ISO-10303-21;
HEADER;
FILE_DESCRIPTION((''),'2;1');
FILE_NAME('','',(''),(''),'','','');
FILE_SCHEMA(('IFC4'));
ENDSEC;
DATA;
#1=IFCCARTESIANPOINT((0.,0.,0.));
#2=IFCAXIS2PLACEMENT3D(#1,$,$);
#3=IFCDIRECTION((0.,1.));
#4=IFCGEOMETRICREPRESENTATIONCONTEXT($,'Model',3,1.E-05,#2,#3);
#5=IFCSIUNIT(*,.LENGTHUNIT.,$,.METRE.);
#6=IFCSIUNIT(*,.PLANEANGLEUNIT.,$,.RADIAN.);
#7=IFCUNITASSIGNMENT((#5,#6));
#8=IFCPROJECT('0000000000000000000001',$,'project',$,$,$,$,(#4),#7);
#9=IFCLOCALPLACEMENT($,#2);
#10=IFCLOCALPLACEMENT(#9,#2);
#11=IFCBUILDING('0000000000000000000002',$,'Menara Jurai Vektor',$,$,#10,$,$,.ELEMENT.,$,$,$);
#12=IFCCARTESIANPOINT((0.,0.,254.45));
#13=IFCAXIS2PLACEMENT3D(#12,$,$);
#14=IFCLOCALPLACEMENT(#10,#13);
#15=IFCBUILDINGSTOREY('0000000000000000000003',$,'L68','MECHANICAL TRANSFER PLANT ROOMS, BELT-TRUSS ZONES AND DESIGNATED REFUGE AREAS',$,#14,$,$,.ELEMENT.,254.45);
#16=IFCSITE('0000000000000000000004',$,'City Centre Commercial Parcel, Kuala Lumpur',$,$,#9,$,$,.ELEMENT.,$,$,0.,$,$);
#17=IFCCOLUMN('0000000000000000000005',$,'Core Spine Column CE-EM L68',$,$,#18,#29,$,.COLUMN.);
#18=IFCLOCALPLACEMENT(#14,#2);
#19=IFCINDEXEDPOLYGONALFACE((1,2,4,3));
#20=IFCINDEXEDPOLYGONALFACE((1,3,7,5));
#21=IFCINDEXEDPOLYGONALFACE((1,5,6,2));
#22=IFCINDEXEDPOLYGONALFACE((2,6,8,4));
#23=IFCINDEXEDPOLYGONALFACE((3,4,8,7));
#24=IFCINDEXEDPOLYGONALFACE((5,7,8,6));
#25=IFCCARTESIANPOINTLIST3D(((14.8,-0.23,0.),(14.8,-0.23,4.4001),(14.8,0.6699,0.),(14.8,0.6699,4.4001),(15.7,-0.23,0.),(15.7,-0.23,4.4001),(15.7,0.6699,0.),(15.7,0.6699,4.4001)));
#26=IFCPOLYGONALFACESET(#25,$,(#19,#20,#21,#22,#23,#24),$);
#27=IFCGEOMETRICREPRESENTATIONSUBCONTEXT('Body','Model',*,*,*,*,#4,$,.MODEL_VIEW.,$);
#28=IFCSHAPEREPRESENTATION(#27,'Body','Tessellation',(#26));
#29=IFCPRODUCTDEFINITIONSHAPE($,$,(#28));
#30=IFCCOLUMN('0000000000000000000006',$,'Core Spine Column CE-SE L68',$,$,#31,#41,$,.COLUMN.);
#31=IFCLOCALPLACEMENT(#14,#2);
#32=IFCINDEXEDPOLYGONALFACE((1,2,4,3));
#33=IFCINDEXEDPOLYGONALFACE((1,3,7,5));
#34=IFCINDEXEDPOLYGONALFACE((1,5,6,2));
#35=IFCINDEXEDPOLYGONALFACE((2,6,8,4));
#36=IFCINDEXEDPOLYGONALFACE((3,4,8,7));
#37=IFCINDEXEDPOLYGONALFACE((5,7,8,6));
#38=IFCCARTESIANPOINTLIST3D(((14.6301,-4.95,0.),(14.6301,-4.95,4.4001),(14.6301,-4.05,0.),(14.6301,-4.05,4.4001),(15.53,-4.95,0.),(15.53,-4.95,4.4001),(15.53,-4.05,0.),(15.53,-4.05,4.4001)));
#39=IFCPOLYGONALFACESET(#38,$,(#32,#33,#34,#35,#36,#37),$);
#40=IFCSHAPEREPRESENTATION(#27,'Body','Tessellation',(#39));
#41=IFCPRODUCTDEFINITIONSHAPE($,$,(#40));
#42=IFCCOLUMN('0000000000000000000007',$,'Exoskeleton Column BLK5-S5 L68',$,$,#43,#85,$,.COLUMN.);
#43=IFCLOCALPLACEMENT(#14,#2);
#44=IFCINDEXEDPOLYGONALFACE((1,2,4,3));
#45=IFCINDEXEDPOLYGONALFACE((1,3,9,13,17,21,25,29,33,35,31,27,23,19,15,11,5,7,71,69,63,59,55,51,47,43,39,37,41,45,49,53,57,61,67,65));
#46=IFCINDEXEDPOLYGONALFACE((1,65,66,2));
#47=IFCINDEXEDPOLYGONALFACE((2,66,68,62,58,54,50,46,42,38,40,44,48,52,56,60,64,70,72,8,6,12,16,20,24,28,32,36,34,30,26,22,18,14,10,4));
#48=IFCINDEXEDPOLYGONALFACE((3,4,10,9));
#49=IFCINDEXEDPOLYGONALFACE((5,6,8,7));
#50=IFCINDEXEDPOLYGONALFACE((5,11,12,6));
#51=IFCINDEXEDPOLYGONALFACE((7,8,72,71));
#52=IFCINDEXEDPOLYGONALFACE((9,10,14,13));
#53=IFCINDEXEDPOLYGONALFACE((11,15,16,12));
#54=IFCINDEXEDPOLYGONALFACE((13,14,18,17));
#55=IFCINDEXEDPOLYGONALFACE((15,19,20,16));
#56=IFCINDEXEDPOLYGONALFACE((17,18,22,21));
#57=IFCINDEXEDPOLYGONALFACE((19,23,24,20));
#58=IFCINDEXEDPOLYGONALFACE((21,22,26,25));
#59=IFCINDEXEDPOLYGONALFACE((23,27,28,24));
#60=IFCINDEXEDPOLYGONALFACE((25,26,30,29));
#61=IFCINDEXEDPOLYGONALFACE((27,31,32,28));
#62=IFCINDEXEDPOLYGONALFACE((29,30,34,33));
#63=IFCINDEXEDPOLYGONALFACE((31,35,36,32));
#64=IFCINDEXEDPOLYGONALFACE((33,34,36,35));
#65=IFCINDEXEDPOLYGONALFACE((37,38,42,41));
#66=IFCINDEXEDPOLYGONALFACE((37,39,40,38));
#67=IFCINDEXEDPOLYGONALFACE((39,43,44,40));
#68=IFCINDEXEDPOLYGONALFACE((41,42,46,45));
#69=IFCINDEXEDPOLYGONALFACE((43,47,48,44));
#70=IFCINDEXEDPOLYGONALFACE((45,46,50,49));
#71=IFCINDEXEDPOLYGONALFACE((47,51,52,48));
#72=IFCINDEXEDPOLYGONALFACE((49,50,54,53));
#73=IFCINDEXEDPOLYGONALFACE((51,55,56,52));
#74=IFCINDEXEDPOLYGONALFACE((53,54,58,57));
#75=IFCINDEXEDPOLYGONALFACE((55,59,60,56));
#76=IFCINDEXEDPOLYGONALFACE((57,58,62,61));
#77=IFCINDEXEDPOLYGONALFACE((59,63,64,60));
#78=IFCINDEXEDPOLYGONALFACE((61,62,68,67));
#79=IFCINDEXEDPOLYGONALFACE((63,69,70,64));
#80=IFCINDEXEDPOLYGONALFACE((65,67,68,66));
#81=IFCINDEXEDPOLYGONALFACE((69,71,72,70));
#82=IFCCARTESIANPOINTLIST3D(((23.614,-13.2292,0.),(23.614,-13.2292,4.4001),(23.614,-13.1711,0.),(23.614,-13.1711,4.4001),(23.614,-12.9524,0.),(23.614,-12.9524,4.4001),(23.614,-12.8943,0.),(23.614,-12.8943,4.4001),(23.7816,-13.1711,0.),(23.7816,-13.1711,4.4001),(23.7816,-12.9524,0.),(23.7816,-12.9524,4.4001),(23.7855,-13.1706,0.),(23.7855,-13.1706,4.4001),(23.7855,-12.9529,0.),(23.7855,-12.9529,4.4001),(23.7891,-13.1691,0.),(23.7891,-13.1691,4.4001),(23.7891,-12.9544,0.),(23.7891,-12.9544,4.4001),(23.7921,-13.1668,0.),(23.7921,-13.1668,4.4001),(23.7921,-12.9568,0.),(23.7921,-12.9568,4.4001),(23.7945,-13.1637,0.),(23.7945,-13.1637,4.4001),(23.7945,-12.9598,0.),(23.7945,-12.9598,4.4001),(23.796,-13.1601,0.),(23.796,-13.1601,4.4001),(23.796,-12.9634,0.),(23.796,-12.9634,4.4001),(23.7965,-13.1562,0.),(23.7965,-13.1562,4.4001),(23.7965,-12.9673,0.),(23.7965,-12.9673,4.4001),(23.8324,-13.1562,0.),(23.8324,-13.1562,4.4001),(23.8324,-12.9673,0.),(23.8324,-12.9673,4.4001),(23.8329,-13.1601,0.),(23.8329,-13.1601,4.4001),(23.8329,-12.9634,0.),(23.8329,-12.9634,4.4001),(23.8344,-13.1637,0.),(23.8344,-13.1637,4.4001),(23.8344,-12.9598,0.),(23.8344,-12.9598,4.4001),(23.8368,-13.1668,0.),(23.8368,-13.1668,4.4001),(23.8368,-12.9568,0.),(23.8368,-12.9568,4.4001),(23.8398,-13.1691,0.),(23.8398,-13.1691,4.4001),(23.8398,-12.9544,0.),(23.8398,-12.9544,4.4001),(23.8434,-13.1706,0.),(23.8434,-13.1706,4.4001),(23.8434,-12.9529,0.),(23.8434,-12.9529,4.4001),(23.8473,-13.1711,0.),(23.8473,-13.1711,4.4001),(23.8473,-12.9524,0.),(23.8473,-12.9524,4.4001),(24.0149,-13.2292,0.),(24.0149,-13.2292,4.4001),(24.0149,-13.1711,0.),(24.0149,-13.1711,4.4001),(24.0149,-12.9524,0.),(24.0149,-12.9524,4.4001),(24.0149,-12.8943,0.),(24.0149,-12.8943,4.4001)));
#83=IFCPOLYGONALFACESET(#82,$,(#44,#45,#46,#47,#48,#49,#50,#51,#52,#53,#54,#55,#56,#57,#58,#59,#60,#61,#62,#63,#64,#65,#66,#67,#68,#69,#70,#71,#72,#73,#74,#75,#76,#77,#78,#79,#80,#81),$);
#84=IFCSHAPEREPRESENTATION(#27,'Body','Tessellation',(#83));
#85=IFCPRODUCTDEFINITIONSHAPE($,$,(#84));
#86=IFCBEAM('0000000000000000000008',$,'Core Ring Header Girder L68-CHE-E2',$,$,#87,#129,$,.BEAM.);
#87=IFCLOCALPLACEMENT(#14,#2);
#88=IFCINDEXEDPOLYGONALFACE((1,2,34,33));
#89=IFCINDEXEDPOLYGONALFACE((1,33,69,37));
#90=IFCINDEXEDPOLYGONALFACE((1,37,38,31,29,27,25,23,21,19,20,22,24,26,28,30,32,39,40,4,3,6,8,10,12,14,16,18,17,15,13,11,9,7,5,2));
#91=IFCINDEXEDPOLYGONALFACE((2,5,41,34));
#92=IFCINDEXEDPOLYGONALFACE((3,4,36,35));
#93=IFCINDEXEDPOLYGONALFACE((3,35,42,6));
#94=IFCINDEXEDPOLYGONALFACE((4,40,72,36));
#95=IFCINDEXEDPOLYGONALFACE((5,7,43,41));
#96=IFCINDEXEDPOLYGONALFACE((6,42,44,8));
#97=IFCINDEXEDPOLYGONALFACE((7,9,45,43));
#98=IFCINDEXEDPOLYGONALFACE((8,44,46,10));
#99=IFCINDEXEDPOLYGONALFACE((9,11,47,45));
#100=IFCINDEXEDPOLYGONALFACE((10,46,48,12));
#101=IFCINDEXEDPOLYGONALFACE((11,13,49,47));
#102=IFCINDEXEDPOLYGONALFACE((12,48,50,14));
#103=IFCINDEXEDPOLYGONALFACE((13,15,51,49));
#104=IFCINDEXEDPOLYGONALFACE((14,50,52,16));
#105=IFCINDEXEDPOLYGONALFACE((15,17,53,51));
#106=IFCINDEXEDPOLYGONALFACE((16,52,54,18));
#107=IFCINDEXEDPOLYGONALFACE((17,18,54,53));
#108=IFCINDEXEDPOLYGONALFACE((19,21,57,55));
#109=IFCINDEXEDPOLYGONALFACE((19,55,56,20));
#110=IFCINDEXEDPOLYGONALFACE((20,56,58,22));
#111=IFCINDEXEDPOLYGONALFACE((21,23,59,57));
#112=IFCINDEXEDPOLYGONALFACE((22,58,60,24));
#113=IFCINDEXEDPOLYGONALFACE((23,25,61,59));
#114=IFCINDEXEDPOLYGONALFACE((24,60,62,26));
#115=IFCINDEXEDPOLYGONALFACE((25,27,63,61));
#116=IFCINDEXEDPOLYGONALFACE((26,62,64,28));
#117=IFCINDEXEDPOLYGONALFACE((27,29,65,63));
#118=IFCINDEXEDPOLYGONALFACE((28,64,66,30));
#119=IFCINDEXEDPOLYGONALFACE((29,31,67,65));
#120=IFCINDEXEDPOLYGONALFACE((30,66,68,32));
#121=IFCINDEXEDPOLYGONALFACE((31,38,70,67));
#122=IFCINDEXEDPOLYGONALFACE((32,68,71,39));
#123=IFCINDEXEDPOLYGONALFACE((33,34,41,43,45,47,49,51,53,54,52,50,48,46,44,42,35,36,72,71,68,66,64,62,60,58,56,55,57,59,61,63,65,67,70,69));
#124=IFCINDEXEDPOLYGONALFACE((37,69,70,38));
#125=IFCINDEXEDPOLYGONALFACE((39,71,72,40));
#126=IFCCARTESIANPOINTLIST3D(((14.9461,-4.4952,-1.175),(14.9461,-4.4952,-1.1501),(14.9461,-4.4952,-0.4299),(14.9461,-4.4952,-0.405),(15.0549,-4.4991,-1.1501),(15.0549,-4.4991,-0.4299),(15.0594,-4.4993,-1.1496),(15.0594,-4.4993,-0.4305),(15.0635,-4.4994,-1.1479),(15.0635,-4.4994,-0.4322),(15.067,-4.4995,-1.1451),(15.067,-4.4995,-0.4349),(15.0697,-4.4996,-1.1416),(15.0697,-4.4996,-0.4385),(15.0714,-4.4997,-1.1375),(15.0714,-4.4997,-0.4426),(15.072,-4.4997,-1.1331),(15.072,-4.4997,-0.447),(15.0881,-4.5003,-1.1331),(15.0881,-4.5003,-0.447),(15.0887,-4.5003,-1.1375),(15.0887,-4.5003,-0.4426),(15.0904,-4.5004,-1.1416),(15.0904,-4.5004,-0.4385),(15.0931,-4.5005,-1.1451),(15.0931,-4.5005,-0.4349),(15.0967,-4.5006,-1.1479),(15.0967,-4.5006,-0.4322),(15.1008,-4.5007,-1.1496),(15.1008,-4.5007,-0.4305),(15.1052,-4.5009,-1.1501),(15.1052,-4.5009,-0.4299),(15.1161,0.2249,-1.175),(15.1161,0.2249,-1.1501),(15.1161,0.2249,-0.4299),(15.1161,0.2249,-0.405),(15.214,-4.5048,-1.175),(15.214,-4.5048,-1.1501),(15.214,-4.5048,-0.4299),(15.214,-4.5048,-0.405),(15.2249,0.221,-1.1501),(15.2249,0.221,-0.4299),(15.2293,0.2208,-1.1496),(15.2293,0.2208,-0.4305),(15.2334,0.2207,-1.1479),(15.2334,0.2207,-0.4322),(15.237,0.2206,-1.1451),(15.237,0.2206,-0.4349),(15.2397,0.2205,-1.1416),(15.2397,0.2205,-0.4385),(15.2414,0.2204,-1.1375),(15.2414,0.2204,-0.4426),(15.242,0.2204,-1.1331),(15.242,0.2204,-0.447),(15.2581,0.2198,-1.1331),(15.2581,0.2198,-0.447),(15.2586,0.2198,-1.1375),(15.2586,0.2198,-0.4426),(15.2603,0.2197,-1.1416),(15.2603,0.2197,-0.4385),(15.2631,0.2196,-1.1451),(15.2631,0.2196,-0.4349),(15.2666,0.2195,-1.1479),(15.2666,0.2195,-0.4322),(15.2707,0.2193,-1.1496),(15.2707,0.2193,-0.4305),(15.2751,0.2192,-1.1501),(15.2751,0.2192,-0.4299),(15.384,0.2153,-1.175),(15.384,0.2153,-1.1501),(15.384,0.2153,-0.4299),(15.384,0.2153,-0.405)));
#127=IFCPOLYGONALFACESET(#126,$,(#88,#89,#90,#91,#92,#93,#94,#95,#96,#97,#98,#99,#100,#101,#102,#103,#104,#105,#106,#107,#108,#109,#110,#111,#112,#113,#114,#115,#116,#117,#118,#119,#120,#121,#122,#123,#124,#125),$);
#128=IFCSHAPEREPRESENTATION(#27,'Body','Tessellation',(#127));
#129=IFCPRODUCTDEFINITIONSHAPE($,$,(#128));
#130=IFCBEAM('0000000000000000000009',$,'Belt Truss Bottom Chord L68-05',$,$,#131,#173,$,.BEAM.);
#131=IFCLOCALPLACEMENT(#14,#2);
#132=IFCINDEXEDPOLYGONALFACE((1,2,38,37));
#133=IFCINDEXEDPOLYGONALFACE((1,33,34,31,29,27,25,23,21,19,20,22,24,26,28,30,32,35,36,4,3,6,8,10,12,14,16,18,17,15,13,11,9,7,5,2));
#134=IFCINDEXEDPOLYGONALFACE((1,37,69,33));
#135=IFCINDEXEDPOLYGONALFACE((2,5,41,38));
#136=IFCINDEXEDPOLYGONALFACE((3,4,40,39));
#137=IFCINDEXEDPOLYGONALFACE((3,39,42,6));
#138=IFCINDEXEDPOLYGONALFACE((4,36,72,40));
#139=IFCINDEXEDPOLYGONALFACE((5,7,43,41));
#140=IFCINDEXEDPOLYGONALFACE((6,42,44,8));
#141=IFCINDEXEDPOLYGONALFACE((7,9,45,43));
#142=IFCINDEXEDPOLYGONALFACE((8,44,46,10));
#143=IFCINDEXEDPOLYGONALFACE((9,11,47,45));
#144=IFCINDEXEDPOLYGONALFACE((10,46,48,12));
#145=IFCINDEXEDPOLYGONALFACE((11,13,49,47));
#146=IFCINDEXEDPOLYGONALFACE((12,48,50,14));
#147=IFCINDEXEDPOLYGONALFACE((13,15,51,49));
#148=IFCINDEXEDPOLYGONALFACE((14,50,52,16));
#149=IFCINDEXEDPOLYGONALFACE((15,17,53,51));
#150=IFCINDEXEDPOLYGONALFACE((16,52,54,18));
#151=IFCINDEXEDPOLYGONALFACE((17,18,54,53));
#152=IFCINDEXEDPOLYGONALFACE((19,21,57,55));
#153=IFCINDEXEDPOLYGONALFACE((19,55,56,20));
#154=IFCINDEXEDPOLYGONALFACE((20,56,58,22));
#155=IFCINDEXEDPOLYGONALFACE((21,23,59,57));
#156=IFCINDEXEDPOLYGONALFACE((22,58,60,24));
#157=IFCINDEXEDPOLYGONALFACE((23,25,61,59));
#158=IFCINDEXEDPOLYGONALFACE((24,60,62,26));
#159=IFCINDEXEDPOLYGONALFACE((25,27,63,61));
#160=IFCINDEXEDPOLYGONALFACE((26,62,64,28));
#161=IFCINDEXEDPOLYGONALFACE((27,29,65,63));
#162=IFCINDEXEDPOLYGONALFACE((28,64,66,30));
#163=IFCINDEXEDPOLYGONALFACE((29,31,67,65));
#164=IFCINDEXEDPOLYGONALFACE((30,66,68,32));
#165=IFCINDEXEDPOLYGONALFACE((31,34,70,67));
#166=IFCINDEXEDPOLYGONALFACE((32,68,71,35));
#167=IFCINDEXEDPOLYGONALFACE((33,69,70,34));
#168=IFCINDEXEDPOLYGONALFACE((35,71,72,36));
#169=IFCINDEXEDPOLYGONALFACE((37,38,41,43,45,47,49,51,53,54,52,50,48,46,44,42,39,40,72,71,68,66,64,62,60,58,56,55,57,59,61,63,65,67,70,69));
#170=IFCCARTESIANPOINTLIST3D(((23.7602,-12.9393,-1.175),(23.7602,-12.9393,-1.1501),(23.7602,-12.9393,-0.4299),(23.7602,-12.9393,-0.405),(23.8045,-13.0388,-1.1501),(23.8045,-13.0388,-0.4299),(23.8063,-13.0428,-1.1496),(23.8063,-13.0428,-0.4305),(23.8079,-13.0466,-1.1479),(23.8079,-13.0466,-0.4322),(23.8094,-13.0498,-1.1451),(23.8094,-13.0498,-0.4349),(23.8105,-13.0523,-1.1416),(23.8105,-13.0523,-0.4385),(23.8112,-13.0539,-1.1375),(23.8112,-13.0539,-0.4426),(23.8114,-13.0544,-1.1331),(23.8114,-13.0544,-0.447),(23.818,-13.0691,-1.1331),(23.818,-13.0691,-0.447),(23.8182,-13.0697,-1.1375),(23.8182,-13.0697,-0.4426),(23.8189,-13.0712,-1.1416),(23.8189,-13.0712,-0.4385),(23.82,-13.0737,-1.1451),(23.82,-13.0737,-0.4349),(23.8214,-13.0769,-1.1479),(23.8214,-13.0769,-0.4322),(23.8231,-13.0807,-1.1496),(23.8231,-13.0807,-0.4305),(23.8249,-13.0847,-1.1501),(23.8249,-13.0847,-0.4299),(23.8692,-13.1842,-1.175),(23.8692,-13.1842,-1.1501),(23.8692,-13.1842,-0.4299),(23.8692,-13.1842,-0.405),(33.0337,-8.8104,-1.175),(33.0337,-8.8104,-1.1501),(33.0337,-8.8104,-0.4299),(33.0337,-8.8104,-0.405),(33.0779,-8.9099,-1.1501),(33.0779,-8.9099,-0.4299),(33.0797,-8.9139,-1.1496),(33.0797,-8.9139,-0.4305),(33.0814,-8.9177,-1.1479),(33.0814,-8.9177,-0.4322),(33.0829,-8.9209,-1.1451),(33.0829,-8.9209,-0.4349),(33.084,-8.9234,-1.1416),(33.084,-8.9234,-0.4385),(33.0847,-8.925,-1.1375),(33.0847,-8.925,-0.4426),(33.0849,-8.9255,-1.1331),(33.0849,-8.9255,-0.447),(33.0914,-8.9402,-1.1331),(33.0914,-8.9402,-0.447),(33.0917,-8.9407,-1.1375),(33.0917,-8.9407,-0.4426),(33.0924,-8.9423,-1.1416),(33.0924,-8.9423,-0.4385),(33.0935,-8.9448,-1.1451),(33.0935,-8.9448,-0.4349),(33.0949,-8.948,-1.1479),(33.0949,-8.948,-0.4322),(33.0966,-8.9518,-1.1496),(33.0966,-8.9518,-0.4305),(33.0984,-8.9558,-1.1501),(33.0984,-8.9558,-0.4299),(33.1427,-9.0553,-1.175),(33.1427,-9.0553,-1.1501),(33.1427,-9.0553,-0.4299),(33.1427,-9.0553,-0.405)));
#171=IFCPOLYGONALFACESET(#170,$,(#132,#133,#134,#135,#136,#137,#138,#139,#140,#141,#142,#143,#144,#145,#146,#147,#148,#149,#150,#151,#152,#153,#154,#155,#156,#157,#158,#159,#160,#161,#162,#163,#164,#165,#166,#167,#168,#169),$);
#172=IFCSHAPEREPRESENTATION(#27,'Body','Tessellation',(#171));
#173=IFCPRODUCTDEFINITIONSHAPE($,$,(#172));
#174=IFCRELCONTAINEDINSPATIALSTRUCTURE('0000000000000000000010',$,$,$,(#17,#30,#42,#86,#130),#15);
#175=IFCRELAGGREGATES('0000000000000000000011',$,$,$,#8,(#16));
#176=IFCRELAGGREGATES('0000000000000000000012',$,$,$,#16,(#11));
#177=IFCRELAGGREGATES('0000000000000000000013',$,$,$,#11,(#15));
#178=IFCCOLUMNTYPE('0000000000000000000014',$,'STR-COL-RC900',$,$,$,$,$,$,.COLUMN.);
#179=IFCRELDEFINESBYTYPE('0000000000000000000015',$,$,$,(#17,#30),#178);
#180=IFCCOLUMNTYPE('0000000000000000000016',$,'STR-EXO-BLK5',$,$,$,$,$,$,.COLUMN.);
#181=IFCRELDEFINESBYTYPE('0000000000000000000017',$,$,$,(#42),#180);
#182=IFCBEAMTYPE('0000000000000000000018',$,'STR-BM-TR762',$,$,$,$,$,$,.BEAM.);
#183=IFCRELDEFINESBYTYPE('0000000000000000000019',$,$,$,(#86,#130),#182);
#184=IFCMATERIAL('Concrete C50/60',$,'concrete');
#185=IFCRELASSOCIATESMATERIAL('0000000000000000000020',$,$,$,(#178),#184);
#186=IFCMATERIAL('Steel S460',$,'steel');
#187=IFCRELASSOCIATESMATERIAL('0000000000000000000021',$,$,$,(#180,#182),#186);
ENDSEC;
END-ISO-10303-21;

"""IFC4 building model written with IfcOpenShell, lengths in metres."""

from ifc_helpers import new_model, si_unit, direction, frame, origin, origin_2d, place, context, subcontext, project, spatial, rectangle, i_section, extrude, material, material_profile, profile_set, type_object, element, save


model = new_model("IFC4")

# Units and contexts
model_context = context("Model", 3, precision=1e-05, world=origin(), true_north=direction((0.0, 1.0)))
body_context = subcontext(model_context, "Body", "Model", "MODEL_VIEW")
ifc_project = project(units=[si_unit("LENGTHUNIT", "METRE"), si_unit("PLANEANGLEUNIT", "RADIAN")], contexts=[model_context])

# Site, building, storey
site_placement = place(None, origin())
site = spatial("IfcSite", under=ifc_project, at=site_placement, Name="City Centre Commercial Parcel, Kuala Lumpur", CompositionType="ELEMENT", RefElevation=0.0)
building_placement = place(site_placement, origin())
building = spatial("IfcBuilding", under=site, at=building_placement, Name="Menara Jurai Vektor", CompositionType="ELEMENT")
storey_placement = place(building_placement, frame((0.0, 0.0, 254.45)))
storey = spatial("IfcBuildingStorey", under=building, at=storey_placement, Name="L68", Description="MECHANICAL TRANSFER PLANT ROOMS, BELT-TRUSS ZONES AND DESIGNATED REFUGE AREAS", CompositionType="ELEMENT", Elevation=254.45)

# Columns
ifc_material_1 = material(Name="Concrete C50/60", Category="concrete")
ifc_material_profile_1 = material_profile(ifc_material_1, rectangle(XDim=0.8999, YDim=0.8999, at=origin_2d()), Name="RC 900x900")
ifc_profile_set_1 = profile_set([ifc_material_profile_1], Name="Concrete C50/60")
column_type_1 = type_object("IfcColumnType", Name="STR-COL-RC900", PredefinedType="COLUMN", material=ifc_profile_set_1)
for number, where, z_axis, x_axis, name in (
    (1, (15.25, 0.22, 0.0), (0.0, 0.0, 1.0), (1.0, 0.0, 0.0), "Core Spine Column CE-EM L68"),
    (2, (15.0801, -4.5, 0.0), (0.0, 0.0, 1.0), (1.0, 0.0, 0.0), "Core Spine Column CE-SE L68"),
):
    element("IfcColumn", number, at=place(storey_placement, frame(where, z_axis=z_axis, x_axis=x_axis)), inside=storey, type_object=column_type_1, Name=name, PredefinedType="COLUMN", context=body_context, shape_type="SweptSolid", body=[
        extrude(rectangle(XDim=0.8999, YDim=0.8999, at=origin_2d()), origin(), (0.0, 0.0, 1.0), 4.4001),
    ])
ifc_material_2 = material(Name="Steel S460", Category="steel")
ifc_material_profile_2 = material_profile(ifc_material_2, i_section(OverallWidth=0.4009, OverallDepth=0.335, WebThickness=0.0359, FlangeThickness=0.0581, FilletRadius=0.0149, at=origin_2d()), Name="HD 400x463")
ifc_profile_set_2 = profile_set([ifc_material_profile_2], Name="Steel S460")
column_type_2 = type_object("IfcColumnType", Name="STR-EXO-BLK5", PredefinedType="COLUMN", material=ifc_profile_set_2)
column_placement = place(storey_placement, frame((23.8145, -13.0618, 0.0), z_axis=(0.0, 0.0, 1.0), x_axis=(1.0, 0.0, 0.0)))
element("IfcColumn", 3, at=column_placement, inside=storey, type_object=column_type_2, Name="Exoskeleton Column BLK5-S5 L68", PredefinedType="COLUMN", context=body_context, shape_type="SweptSolid", body=[
    extrude(i_section(OverallWidth=0.4009, OverallDepth=0.335, WebThickness=0.0359, FlangeThickness=0.0581, FilletRadius=0.0149, at=origin_2d()), origin(), (0.0, 0.0, 1.0), 4.4001),
])

# Beams
ifc_material_profile_3 = material_profile(ifc_material_2, i_section(OverallWidth=0.2681, OverallDepth=0.77, WebThickness=0.0161, FlangeThickness=0.0249, FilletRadius=0.0171, at=origin_2d()), Name="UKB 762x267x197")
ifc_profile_set_3 = profile_set([ifc_material_profile_3], Name="Steel S460")
beam_type_1 = type_object("IfcBeamType", Name="STR-BM-TR762", PredefinedType="BEAM", material=ifc_profile_set_3)
beam_1_placement = place(storey_placement, frame((15.0801, -4.5, -0.79), z_axis=(0.035977, 0.999353, 0.0), x_axis=(-0.999353, 0.035977, 0.0)))
element("IfcBeam", 4, at=beam_1_placement, inside=storey, type_object=beam_type_1, Name="Core Ring Header Girder L68-CHE-E2", PredefinedType="BEAM", context=body_context, shape_type="SweptSolid", body=[
    extrude(i_section(OverallWidth=0.2681, OverallDepth=0.77, WebThickness=0.0161, FlangeThickness=0.0249, FilletRadius=0.0171, at=origin_2d()), origin(), (0.0, 0.0, 1.0), 4.7231),
])
beam_2_placement = place(storey_placement, frame((23.8147, -13.0618, -0.79), z_axis=(0.913542, 0.406745, 0.0), x_axis=(-0.406745, 0.913542, 0.0)))
element("IfcBeam", 5, at=beam_2_placement, inside=storey, type_object=beam_type_1, Name="Belt Truss Bottom Chord L68-05", PredefinedType="BEAM", context=body_context, shape_type="SweptSolid", body=[
    extrude(i_section(OverallWidth=0.2681, OverallDepth=0.77, WebThickness=0.0161, FlangeThickness=0.0249, FilletRadius=0.0171, at=origin_2d()), origin(), (0.0, 0.0, 1.0), 10.1511),
])

save(model, "model.ifc")
